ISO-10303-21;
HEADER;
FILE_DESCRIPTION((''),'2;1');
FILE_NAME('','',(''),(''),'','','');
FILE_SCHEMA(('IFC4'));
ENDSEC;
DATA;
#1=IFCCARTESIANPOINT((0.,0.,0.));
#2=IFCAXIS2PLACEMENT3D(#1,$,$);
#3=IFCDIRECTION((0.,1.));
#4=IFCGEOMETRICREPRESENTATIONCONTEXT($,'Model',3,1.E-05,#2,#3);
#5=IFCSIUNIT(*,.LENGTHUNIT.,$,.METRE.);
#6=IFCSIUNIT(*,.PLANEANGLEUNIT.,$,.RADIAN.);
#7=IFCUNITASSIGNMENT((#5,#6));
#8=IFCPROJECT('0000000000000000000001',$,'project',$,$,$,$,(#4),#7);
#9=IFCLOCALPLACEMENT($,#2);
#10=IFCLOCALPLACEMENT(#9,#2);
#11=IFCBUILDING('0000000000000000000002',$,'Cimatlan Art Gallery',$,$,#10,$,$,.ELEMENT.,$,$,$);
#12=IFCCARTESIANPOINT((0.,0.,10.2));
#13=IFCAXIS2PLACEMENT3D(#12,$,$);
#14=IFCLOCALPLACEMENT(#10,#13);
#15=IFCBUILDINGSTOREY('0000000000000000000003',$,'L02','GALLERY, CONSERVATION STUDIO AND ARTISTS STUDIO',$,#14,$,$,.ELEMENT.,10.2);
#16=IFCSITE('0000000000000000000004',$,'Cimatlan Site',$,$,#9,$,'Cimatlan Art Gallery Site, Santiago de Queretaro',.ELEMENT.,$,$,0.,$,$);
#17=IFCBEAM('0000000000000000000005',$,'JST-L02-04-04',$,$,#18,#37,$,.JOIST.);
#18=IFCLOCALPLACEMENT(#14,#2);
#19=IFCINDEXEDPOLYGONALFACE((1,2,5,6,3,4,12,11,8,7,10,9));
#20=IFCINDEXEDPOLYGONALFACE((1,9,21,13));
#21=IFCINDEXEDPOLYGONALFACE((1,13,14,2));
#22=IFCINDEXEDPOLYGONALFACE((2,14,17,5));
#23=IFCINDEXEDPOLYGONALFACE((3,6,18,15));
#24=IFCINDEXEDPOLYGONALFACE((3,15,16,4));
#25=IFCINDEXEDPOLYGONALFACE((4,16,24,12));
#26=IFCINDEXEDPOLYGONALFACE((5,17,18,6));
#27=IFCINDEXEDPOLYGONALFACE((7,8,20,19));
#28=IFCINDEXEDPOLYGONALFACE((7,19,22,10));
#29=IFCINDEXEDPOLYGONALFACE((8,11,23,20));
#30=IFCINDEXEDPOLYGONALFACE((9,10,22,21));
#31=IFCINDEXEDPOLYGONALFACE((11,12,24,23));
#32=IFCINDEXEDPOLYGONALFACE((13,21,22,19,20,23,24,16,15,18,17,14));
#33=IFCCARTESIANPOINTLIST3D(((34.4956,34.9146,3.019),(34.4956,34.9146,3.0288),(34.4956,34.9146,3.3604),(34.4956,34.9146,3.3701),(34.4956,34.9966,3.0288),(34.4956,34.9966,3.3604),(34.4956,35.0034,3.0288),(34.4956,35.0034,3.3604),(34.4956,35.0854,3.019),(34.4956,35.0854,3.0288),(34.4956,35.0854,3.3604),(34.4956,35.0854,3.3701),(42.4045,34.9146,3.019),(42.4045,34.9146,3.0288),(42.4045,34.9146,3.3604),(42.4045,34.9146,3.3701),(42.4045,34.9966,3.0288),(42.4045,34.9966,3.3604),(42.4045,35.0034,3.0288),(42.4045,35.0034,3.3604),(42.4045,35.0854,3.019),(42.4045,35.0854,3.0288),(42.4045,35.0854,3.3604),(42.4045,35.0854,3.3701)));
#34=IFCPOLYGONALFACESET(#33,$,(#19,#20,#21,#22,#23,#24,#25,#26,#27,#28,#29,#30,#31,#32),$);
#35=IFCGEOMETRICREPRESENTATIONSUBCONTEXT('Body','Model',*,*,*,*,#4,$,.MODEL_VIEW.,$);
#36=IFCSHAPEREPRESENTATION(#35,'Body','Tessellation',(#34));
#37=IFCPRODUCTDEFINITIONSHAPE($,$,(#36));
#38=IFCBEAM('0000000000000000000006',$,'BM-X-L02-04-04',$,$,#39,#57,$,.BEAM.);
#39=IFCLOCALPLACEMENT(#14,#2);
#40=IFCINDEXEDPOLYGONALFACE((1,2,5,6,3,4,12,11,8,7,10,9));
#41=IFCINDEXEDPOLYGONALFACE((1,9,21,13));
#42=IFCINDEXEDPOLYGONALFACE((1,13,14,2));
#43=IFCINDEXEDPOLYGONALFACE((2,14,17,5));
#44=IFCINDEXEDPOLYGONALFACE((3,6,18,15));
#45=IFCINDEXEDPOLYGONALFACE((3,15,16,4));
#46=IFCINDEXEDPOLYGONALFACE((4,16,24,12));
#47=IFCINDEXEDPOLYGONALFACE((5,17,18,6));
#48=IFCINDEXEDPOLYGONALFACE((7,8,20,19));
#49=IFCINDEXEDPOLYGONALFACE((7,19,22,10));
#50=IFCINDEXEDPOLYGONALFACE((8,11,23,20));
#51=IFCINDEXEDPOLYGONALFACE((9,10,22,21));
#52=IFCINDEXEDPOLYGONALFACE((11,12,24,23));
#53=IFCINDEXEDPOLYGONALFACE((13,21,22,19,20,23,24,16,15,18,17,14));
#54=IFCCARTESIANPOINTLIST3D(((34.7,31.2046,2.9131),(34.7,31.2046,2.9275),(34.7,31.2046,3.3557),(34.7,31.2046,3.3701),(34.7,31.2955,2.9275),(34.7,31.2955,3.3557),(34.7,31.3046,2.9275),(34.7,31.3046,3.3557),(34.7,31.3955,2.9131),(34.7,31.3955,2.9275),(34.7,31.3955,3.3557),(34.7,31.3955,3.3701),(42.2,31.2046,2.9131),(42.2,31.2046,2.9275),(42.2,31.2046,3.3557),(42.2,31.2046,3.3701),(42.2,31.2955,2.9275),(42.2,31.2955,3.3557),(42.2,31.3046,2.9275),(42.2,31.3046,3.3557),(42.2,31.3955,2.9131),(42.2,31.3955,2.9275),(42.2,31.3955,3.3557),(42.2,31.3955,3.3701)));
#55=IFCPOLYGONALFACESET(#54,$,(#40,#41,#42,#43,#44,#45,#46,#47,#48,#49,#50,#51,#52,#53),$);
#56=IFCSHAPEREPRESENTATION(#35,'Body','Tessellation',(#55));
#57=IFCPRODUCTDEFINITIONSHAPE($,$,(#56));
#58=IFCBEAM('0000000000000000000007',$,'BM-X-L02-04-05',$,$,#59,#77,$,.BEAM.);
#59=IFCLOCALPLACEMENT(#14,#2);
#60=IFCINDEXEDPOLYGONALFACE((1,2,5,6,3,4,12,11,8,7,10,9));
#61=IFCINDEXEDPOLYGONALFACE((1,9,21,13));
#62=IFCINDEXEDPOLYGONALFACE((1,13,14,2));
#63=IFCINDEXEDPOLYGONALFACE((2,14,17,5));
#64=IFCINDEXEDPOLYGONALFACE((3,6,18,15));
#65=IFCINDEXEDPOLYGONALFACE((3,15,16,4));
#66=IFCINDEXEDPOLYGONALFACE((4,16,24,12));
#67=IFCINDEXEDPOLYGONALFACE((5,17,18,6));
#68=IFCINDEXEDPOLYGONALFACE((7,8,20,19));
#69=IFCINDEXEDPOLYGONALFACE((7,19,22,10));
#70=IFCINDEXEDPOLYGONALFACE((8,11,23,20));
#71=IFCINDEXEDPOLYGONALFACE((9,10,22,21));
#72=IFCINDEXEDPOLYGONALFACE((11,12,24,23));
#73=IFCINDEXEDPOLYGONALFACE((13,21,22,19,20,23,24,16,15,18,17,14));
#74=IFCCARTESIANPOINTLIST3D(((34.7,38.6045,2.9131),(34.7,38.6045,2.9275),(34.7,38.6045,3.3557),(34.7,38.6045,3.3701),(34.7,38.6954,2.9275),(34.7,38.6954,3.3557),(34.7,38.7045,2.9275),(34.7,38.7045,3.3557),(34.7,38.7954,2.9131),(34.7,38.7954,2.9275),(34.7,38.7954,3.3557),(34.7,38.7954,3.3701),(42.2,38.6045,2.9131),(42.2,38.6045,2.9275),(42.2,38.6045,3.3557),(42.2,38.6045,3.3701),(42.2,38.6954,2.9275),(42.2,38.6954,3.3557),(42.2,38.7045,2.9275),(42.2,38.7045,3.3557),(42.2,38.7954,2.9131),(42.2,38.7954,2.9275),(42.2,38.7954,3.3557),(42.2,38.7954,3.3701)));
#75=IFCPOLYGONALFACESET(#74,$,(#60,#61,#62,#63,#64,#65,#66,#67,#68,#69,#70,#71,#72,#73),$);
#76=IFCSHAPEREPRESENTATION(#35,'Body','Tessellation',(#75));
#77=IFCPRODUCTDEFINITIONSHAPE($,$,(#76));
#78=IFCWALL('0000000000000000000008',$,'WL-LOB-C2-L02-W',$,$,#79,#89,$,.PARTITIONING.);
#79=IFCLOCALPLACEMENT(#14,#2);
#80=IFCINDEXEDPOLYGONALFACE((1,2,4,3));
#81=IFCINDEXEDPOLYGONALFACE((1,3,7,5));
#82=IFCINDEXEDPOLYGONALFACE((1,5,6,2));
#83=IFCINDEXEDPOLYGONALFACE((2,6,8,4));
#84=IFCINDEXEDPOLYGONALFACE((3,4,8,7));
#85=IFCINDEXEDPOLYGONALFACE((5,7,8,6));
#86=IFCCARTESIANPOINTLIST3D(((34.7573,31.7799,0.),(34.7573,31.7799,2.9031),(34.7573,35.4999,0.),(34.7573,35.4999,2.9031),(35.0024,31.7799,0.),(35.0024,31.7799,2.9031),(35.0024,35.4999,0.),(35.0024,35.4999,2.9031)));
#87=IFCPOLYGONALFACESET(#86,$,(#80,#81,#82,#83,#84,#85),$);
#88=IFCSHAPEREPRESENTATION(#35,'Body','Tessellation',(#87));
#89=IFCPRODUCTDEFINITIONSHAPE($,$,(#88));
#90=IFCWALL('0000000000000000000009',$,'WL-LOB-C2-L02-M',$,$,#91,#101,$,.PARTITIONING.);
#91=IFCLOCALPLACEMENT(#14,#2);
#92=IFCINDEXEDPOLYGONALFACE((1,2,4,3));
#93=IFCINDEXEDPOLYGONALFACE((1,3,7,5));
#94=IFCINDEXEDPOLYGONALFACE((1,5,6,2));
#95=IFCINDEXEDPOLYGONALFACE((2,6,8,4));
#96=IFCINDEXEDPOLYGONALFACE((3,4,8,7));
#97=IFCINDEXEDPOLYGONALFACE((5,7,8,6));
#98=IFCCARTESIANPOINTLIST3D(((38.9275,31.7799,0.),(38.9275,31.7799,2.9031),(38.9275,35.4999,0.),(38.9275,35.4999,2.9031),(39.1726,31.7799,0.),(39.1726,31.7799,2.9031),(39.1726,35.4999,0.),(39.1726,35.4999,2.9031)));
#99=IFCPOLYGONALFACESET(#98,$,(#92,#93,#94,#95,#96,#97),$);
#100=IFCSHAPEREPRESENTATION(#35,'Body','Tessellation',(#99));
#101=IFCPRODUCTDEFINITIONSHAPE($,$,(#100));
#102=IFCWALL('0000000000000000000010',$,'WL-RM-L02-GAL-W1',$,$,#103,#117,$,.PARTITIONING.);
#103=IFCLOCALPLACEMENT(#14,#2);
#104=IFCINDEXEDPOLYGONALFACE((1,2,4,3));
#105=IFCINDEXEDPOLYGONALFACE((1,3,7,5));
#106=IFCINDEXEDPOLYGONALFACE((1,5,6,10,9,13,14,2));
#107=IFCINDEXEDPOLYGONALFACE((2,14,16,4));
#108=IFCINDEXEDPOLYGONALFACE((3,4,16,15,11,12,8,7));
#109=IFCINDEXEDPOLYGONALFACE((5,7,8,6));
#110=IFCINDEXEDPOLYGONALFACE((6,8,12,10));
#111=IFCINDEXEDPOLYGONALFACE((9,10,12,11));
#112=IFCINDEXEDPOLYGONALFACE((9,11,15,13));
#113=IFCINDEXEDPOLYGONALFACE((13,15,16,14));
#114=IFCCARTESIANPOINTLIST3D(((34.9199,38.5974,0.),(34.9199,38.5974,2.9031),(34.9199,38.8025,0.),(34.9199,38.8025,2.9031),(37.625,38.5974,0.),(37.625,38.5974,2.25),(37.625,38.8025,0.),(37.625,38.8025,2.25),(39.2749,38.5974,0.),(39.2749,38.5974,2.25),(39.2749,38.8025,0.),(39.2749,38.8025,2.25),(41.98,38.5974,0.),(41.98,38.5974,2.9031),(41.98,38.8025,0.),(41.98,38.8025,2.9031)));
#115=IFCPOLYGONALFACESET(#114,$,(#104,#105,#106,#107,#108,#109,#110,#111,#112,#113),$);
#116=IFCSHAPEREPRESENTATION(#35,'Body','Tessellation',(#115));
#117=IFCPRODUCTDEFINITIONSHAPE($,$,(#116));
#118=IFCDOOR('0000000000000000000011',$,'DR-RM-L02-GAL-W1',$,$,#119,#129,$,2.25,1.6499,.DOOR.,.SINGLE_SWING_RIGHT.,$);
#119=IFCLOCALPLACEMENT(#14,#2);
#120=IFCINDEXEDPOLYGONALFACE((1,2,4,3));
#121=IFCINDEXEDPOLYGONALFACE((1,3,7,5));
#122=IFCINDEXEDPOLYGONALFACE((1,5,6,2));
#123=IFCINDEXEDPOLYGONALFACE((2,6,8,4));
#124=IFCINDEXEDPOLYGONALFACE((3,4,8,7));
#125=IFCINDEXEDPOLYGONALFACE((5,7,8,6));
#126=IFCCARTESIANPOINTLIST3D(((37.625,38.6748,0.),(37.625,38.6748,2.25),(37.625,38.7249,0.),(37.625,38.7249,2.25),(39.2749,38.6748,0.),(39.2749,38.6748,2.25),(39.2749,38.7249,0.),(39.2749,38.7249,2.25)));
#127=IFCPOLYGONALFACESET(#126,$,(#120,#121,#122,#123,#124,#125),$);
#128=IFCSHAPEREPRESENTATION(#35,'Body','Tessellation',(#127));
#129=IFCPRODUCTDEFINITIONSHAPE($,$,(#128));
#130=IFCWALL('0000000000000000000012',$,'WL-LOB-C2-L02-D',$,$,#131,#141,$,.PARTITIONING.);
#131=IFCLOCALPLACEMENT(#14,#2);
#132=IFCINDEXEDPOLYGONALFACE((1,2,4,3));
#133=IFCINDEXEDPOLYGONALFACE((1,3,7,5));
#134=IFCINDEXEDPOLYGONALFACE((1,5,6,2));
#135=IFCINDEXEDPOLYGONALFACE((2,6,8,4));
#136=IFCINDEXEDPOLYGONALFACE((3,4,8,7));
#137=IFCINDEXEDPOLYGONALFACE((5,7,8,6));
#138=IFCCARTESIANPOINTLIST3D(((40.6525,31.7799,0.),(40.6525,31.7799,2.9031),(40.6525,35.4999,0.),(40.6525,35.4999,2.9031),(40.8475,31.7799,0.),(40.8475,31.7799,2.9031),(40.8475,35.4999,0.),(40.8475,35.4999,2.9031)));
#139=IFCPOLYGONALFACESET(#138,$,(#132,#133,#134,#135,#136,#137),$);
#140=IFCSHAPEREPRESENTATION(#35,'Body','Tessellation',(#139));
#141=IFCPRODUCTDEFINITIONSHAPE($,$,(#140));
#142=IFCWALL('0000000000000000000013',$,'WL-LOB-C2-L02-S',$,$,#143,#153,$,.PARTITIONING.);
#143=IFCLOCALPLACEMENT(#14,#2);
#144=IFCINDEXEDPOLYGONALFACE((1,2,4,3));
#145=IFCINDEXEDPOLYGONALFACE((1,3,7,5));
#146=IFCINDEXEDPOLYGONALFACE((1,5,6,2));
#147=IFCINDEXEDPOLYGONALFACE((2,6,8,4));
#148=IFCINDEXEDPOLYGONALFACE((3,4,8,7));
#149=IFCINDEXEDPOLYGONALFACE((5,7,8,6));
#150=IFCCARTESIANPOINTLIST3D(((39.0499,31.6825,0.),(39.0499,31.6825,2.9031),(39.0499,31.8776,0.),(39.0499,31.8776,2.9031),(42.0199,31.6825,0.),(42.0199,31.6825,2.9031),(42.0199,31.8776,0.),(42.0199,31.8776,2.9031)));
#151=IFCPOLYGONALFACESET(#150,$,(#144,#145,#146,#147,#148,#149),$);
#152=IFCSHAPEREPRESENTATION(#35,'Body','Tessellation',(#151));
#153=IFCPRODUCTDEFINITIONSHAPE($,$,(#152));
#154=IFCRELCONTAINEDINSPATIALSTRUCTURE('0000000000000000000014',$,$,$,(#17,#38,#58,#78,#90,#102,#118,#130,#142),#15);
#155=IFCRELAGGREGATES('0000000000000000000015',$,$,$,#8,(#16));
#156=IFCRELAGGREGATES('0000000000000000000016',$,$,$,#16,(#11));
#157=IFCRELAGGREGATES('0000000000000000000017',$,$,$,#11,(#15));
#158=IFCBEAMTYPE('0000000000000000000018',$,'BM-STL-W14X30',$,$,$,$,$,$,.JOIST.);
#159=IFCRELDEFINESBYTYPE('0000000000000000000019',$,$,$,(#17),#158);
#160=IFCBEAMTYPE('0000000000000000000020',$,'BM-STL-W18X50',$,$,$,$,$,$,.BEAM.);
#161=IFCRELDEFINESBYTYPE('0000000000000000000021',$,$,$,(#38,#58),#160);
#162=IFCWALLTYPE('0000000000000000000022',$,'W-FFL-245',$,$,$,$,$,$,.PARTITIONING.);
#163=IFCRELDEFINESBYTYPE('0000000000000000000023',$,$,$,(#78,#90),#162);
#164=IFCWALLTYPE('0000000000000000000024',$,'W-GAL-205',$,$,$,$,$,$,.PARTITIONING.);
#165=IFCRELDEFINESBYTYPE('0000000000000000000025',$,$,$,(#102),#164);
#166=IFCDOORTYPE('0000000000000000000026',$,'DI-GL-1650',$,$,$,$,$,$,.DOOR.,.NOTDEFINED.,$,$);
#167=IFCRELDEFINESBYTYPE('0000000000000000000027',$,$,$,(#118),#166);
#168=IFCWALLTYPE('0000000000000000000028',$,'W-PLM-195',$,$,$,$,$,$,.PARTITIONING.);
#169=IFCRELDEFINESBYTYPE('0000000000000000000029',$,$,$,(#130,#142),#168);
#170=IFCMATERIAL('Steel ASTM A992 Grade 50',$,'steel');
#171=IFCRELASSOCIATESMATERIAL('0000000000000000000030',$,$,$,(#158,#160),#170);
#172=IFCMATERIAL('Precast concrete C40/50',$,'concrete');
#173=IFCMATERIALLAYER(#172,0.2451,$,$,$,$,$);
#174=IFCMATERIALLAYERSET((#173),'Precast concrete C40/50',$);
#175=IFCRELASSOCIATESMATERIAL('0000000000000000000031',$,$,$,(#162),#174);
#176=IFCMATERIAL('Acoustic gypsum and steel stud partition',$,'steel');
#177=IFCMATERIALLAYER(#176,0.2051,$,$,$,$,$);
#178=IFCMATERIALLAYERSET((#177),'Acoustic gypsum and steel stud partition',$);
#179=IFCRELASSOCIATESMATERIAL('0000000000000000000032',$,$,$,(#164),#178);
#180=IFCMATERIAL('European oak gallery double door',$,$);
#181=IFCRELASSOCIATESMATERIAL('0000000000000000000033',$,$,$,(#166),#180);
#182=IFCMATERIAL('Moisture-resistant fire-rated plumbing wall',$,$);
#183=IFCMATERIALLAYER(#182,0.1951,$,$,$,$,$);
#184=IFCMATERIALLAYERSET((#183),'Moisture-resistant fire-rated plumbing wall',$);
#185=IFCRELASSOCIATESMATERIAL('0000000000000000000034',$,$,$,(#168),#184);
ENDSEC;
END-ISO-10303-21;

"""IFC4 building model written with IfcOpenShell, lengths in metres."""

from ifc_helpers import new_model, si_unit, direction, frame, frame_2d, origin, origin_2d, place, context, subcontext, project, spatial, rectangle, i_section, extrude, material, layer, layer_set, material_profile, profile_set, type_object, element, fill, save


model = new_model("IFC4")

# Units and contexts
model_context = context("Model", 3, precision=1e-05, world=origin(), true_north=direction((0.0, 1.0)))
body_context = subcontext(model_context, "Body", "Model", "MODEL_VIEW")
ifc_project = project(units=[si_unit("LENGTHUNIT", "METRE"), si_unit("PLANEANGLEUNIT", "RADIAN")], contexts=[model_context])

# Site, building, storey
site_placement = place(None, origin())
site = spatial("IfcSite", under=ifc_project, at=site_placement, Name="Cimatlan Site", LongName="Cimatlan Art Gallery Site, Santiago de Queretaro", CompositionType="ELEMENT", RefElevation=0.0)
building_placement = place(site_placement, origin())
building = spatial("IfcBuilding", under=site, at=building_placement, Name="Cimatlan Art Gallery", CompositionType="ELEMENT")
storey_placement = place(building_placement, frame((0.0, 0.0, 10.2)))
storey = spatial("IfcBuildingStorey", under=building, at=storey_placement, Name="L02", Description="GALLERY, CONSERVATION STUDIO AND ARTISTS STUDIO", CompositionType="ELEMENT", Elevation=10.2)

# Beams
ifc_material_1 = material(Name="Steel ASTM A992 Grade 50", Category="steel")
ifc_material_profile_1 = material_profile(ifc_material_1, i_section(OverallWidth=0.1709, OverallDepth=0.3511, WebThickness=0.0068, FlangeThickness=0.0098, at=origin_2d()), Name="W14X30")
ifc_profile_set_1 = profile_set([ifc_material_profile_1], Name="Steel ASTM A992 Grade 50")
beam_type_1 = type_object("IfcBeamType", Name="BM-STL-W14X30", PredefinedType="JOIST", material=ifc_profile_set_1)
beam_placement = place(storey_placement, frame((34.4956, 35.0, 3.1946), z_axis=(1.0, 0.0, 0.0), x_axis=(0.0, 1.0, 0.0)))
element("IfcBeam", 1, at=beam_placement, inside=storey, type_object=beam_type_1, Name="JST-L02-04-04", PredefinedType="JOIST", context=body_context, shape_type="SweptSolid", body=[
    extrude(i_section(OverallWidth=0.1709, OverallDepth=0.3511, WebThickness=0.0068, FlangeThickness=0.0098, at=origin_2d()), origin(), (0.0, 0.0, 1.0), 7.9089),
])
ifc_material_profile_2 = material_profile(ifc_material_1, i_section(OverallWidth=0.1909, OverallDepth=0.457, WebThickness=0.009, FlangeThickness=0.0144, at=origin_2d()), Name="W18X50")
ifc_profile_set_2 = profile_set([ifc_material_profile_2], Name="Steel ASTM A992 Grade 50")
beam_type_2 = type_object("IfcBeamType", Name="BM-STL-W18X50", PredefinedType="BEAM", material=ifc_profile_set_2)
for number, where, z_axis, x_axis, name in (
    (2, (34.7, 31.3, 3.1416), (1.0, 0.0, 0.0), (0.0, 1.0, 0.0), "BM-X-L02-04-04"),
    (3, (34.7, 38.7, 3.1416), (1.0, 0.0, 0.0), (0.0, 1.0, 0.0), "BM-X-L02-04-05"),
):
    element("IfcBeam", number, at=place(storey_placement, frame(where, z_axis=z_axis, x_axis=x_axis)), inside=storey, type_object=beam_type_2, Name=name, PredefinedType="BEAM", context=body_context, shape_type="SweptSolid", body=[
        extrude(i_section(OverallWidth=0.1909, OverallDepth=0.457, WebThickness=0.009, FlangeThickness=0.0144, at=origin_2d()), origin(), (0.0, 0.0, 1.0), 7.5),
    ])

# Shared definitions
ifc_material_2 = material(Name="Precast concrete C40/50", Category="concrete")
ifc_layer_1 = layer(ifc_material_2, 0.2451)
ifc_layer_set_1 = layer_set([ifc_layer_1], Name="Precast concrete C40/50")
wall_type_1 = type_object("IfcWallType", Name="W-FFL-245", PredefinedType="PARTITIONING", material=ifc_layer_set_1)

# Walls
for number, where, z_axis, x_axis, name in (
    (4, (34.8799, 31.78, 0.0), (0.0, 0.0, 1.0), (0.0, 1.0, 0.0), "WL-LOB-C2-L02-W"),
    (5, (39.05, 31.78, 0.0), (0.0, 0.0, 1.0), (0.0, 1.0, 0.0), "WL-LOB-C2-L02-M"),
):
    element("IfcWall", number, at=place(storey_placement, frame(where, z_axis=z_axis, x_axis=x_axis)), inside=storey, type_object=wall_type_1, Name=name, PredefinedType="PARTITIONING", context=body_context, shape_type="SweptSolid", body=[
        extrude(rectangle(XDim=3.72, YDim=0.2451, at=frame_2d((1.8599, 0.0))), origin(), (0.0, 0.0, 1.0), 2.9031),
    ])

# Wall, opening, door
ifc_material_3 = material(Name="Acoustic gypsum and steel stud partition", Category="steel")
ifc_layer_2 = layer(ifc_material_3, 0.2051)
ifc_layer_set_2 = layer_set([ifc_layer_2], Name="Acoustic gypsum and steel stud partition")
wall_type_2 = type_object("IfcWallType", Name="W-GAL-205", PredefinedType="PARTITIONING", material=ifc_layer_set_2)
wall_1_placement = place(storey_placement, frame((34.9199, 38.7, 0.0), z_axis=(0.0, 0.0, 1.0), x_axis=(1.0, 0.0, 0.0)))
wall_1 = element("IfcWall", 6, at=wall_1_placement, inside=storey, type_object=wall_type_2, Name="WL-RM-L02-GAL-W1", PredefinedType="PARTITIONING", context=body_context, shape_type="SweptSolid", body=[
    extrude(rectangle(XDim=7.0601, YDim=0.2051, at=frame_2d((3.53, 0.0))), origin(), (0.0, 0.0, 1.0), 2.9031),
])
opening_1_placement = place(wall_1_placement, frame((2.7051, 0.0, 0.0)))
opening_1 = element("IfcOpeningElement", 7, at=opening_1_placement, cuts=wall_1, PredefinedType="OPENING", context=body_context, shape_type="SweptSolid", body=[
    extrude(rectangle(XDim=1.6499, YDim=2.25, at=frame_2d((0.825, 1.125))), frame((0.0, 0.1125, 0.0), z_axis=(0.0, -1.0, 0.0), x_axis=(1.0, 0.0, 0.0)), (0.0, 0.0, 1.0), 0.2251),
])
ifc_material_4 = material(Name="European oak gallery double door")
door_type_1 = type_object("IfcDoorType", Name="DI-GL-1650", OperationType="NOTDEFINED", PredefinedType="DOOR", material=ifc_material_4)
door_1_placement = place(opening_1_placement, origin())
door_1 = element("IfcDoor", 8, at=door_1_placement, inside=storey, type_object=door_type_1, Name="DR-RM-L02-GAL-W1", OperationType="SINGLE_SWING_RIGHT", OverallHeight=2.25, OverallWidth=1.6499, PredefinedType="DOOR", context=body_context, shape_type="SweptSolid", body=[
    extrude(rectangle(XDim=1.6499, YDim=2.25, at=frame_2d((0.825, 1.125))), frame((0.0, 0.0249, 0.0), z_axis=(0.0, -1.0, 0.0), x_axis=(1.0, 0.0, 0.0)), (0.0, 0.0, 1.0), 0.05),
])
fill(opening_1, door_1)

# Walls
ifc_material_5 = material(Name="Moisture-resistant fire-rated plumbing wall")
ifc_layer_3 = layer(ifc_material_5, 0.1951)
ifc_layer_set_3 = layer_set([ifc_layer_3], Name="Moisture-resistant fire-rated plumbing wall")
wall_type_3 = type_object("IfcWallType", Name="W-PLM-195", PredefinedType="PARTITIONING", material=ifc_layer_set_3)
wall_2_placement = place(storey_placement, frame((40.75, 31.78, 0.0), z_axis=(0.0, 0.0, 1.0), x_axis=(0.0, 1.0, 0.0)))
element("IfcWall", 9, at=wall_2_placement, inside=storey, type_object=wall_type_3, Name="WL-LOB-C2-L02-D", PredefinedType="PARTITIONING", context=body_context, shape_type="SweptSolid", body=[
    extrude(rectangle(XDim=3.72, YDim=0.1951, at=frame_2d((1.8599, 0.0))), origin(), (0.0, 0.0, 1.0), 2.9031),
])
wall_3_placement = place(storey_placement, frame((39.05, 31.78, 0.0), z_axis=(0.0, 0.0, 1.0), x_axis=(1.0, 0.0, 0.0)))
element("IfcWall", 10, at=wall_3_placement, inside=storey, type_object=wall_type_3, Name="WL-LOB-C2-L02-S", PredefinedType="PARTITIONING", context=body_context, shape_type="SweptSolid", body=[
    extrude(rectangle(XDim=2.97, YDim=0.1951, at=frame_2d((1.4849, 0.0))), origin(), (0.0, 0.0, 1.0), 2.9031),
])

save(model, "model.ifc")
